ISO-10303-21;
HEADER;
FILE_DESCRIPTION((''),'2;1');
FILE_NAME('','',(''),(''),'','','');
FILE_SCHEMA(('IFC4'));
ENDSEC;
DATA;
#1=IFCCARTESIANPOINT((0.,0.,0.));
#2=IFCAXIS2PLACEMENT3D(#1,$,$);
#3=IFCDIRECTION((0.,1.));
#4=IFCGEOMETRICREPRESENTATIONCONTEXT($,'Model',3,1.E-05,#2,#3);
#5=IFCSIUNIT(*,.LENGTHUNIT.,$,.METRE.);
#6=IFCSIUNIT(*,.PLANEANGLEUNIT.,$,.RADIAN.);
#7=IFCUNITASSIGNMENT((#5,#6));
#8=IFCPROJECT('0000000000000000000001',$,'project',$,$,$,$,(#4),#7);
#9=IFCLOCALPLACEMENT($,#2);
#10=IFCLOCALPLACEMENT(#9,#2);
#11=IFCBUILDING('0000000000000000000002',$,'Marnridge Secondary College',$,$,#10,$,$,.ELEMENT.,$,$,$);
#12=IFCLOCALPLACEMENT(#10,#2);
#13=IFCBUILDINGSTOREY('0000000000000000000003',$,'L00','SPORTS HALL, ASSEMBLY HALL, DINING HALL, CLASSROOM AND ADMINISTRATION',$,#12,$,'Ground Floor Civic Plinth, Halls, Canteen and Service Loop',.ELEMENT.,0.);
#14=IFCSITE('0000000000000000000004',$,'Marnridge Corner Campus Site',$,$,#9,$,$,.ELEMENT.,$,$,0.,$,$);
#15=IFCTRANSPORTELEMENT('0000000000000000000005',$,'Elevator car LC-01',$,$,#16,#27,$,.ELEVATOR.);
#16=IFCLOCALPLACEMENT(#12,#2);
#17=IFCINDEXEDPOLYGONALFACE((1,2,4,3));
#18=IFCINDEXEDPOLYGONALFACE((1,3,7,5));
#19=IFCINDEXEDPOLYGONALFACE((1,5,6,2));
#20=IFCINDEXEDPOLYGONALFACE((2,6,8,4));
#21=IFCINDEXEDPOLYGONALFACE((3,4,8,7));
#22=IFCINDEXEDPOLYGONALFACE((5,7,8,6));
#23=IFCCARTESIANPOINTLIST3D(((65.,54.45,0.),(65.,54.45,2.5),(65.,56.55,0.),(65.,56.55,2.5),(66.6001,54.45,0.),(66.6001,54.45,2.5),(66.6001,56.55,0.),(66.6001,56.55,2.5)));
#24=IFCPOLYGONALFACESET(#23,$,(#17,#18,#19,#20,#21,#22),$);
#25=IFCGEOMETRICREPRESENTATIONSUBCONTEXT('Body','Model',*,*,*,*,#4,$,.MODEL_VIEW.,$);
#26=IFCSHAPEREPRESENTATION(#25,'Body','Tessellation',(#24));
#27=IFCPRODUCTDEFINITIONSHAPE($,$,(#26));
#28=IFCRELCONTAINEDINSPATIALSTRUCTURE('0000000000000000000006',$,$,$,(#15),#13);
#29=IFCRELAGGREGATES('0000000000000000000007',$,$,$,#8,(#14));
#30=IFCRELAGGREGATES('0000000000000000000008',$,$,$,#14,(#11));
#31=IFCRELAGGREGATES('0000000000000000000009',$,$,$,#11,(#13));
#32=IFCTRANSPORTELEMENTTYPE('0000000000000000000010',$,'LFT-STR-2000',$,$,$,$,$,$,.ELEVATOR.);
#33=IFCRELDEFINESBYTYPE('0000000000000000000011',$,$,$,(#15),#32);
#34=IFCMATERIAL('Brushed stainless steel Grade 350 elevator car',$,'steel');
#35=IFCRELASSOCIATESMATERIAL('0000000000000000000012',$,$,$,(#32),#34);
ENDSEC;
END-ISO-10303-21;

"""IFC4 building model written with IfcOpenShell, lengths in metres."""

from ifc_helpers import new_model, si_unit, direction, frame, origin, origin_2d, place, context, subcontext, project, spatial, rectangle, extrude, material, type_object, element, save


model = new_model("IFC4")

# Units and contexts
model_context = context("Model", 3, precision=1e-05, world=origin(), true_north=direction((0.0, 1.0)))
body_context = subcontext(model_context, "Body", "Model", "MODEL_VIEW")
ifc_project = project(units=[si_unit("LENGTHUNIT", "METRE"), si_unit("PLANEANGLEUNIT", "RADIAN")], contexts=[model_context])

# Site, building, storey
site_placement = place(None, origin())
site = spatial("IfcSite", under=ifc_project, at=site_placement, Name="Marnridge Corner Campus Site", CompositionType="ELEMENT", RefElevation=0.0)
building_placement = place(site_placement, origin())
building = spatial("IfcBuilding", under=site, at=building_placement, Name="Marnridge Secondary College", CompositionType="ELEMENT")
storey_placement = place(building_placement, origin())
storey = spatial("IfcBuildingStorey", under=building, at=storey_placement, Name="L00", Description="SPORTS HALL, ASSEMBLY HALL, DINING HALL, CLASSROOM AND ADMINISTRATION", LongName="Ground Floor Civic Plinth, Halls, Canteen and Service Loop", CompositionType="ELEMENT", Elevation=0.0)

# Transport element
ifc_material_1 = material(Name="Brushed stainless steel Grade 350 elevator car", Category="steel")
transport_element_type = type_object("IfcTransportElementType", Name="LFT-STR-2000", PredefinedType="ELEVATOR", material=ifc_material_1)
transport_element_placement = place(storey_placement, frame((65.8, 55.5, 0.0), z_axis=(0.0, 0.0, 1.0), x_axis=(1.0, 0.0, 0.0)))
element("IfcTransportElement", 1, at=transport_element_placement, inside=storey, type_object=transport_element_type, Name="Elevator car LC-01", PredefinedType="ELEVATOR", context=body_context, shape_type="SweptSolid", body=[
    extrude(rectangle(XDim=1.6001, YDim=2.1001, at=origin_2d()), origin(), (0.0, 0.0, 1.0), 2.5),
])

save(model, "model.ifc")
